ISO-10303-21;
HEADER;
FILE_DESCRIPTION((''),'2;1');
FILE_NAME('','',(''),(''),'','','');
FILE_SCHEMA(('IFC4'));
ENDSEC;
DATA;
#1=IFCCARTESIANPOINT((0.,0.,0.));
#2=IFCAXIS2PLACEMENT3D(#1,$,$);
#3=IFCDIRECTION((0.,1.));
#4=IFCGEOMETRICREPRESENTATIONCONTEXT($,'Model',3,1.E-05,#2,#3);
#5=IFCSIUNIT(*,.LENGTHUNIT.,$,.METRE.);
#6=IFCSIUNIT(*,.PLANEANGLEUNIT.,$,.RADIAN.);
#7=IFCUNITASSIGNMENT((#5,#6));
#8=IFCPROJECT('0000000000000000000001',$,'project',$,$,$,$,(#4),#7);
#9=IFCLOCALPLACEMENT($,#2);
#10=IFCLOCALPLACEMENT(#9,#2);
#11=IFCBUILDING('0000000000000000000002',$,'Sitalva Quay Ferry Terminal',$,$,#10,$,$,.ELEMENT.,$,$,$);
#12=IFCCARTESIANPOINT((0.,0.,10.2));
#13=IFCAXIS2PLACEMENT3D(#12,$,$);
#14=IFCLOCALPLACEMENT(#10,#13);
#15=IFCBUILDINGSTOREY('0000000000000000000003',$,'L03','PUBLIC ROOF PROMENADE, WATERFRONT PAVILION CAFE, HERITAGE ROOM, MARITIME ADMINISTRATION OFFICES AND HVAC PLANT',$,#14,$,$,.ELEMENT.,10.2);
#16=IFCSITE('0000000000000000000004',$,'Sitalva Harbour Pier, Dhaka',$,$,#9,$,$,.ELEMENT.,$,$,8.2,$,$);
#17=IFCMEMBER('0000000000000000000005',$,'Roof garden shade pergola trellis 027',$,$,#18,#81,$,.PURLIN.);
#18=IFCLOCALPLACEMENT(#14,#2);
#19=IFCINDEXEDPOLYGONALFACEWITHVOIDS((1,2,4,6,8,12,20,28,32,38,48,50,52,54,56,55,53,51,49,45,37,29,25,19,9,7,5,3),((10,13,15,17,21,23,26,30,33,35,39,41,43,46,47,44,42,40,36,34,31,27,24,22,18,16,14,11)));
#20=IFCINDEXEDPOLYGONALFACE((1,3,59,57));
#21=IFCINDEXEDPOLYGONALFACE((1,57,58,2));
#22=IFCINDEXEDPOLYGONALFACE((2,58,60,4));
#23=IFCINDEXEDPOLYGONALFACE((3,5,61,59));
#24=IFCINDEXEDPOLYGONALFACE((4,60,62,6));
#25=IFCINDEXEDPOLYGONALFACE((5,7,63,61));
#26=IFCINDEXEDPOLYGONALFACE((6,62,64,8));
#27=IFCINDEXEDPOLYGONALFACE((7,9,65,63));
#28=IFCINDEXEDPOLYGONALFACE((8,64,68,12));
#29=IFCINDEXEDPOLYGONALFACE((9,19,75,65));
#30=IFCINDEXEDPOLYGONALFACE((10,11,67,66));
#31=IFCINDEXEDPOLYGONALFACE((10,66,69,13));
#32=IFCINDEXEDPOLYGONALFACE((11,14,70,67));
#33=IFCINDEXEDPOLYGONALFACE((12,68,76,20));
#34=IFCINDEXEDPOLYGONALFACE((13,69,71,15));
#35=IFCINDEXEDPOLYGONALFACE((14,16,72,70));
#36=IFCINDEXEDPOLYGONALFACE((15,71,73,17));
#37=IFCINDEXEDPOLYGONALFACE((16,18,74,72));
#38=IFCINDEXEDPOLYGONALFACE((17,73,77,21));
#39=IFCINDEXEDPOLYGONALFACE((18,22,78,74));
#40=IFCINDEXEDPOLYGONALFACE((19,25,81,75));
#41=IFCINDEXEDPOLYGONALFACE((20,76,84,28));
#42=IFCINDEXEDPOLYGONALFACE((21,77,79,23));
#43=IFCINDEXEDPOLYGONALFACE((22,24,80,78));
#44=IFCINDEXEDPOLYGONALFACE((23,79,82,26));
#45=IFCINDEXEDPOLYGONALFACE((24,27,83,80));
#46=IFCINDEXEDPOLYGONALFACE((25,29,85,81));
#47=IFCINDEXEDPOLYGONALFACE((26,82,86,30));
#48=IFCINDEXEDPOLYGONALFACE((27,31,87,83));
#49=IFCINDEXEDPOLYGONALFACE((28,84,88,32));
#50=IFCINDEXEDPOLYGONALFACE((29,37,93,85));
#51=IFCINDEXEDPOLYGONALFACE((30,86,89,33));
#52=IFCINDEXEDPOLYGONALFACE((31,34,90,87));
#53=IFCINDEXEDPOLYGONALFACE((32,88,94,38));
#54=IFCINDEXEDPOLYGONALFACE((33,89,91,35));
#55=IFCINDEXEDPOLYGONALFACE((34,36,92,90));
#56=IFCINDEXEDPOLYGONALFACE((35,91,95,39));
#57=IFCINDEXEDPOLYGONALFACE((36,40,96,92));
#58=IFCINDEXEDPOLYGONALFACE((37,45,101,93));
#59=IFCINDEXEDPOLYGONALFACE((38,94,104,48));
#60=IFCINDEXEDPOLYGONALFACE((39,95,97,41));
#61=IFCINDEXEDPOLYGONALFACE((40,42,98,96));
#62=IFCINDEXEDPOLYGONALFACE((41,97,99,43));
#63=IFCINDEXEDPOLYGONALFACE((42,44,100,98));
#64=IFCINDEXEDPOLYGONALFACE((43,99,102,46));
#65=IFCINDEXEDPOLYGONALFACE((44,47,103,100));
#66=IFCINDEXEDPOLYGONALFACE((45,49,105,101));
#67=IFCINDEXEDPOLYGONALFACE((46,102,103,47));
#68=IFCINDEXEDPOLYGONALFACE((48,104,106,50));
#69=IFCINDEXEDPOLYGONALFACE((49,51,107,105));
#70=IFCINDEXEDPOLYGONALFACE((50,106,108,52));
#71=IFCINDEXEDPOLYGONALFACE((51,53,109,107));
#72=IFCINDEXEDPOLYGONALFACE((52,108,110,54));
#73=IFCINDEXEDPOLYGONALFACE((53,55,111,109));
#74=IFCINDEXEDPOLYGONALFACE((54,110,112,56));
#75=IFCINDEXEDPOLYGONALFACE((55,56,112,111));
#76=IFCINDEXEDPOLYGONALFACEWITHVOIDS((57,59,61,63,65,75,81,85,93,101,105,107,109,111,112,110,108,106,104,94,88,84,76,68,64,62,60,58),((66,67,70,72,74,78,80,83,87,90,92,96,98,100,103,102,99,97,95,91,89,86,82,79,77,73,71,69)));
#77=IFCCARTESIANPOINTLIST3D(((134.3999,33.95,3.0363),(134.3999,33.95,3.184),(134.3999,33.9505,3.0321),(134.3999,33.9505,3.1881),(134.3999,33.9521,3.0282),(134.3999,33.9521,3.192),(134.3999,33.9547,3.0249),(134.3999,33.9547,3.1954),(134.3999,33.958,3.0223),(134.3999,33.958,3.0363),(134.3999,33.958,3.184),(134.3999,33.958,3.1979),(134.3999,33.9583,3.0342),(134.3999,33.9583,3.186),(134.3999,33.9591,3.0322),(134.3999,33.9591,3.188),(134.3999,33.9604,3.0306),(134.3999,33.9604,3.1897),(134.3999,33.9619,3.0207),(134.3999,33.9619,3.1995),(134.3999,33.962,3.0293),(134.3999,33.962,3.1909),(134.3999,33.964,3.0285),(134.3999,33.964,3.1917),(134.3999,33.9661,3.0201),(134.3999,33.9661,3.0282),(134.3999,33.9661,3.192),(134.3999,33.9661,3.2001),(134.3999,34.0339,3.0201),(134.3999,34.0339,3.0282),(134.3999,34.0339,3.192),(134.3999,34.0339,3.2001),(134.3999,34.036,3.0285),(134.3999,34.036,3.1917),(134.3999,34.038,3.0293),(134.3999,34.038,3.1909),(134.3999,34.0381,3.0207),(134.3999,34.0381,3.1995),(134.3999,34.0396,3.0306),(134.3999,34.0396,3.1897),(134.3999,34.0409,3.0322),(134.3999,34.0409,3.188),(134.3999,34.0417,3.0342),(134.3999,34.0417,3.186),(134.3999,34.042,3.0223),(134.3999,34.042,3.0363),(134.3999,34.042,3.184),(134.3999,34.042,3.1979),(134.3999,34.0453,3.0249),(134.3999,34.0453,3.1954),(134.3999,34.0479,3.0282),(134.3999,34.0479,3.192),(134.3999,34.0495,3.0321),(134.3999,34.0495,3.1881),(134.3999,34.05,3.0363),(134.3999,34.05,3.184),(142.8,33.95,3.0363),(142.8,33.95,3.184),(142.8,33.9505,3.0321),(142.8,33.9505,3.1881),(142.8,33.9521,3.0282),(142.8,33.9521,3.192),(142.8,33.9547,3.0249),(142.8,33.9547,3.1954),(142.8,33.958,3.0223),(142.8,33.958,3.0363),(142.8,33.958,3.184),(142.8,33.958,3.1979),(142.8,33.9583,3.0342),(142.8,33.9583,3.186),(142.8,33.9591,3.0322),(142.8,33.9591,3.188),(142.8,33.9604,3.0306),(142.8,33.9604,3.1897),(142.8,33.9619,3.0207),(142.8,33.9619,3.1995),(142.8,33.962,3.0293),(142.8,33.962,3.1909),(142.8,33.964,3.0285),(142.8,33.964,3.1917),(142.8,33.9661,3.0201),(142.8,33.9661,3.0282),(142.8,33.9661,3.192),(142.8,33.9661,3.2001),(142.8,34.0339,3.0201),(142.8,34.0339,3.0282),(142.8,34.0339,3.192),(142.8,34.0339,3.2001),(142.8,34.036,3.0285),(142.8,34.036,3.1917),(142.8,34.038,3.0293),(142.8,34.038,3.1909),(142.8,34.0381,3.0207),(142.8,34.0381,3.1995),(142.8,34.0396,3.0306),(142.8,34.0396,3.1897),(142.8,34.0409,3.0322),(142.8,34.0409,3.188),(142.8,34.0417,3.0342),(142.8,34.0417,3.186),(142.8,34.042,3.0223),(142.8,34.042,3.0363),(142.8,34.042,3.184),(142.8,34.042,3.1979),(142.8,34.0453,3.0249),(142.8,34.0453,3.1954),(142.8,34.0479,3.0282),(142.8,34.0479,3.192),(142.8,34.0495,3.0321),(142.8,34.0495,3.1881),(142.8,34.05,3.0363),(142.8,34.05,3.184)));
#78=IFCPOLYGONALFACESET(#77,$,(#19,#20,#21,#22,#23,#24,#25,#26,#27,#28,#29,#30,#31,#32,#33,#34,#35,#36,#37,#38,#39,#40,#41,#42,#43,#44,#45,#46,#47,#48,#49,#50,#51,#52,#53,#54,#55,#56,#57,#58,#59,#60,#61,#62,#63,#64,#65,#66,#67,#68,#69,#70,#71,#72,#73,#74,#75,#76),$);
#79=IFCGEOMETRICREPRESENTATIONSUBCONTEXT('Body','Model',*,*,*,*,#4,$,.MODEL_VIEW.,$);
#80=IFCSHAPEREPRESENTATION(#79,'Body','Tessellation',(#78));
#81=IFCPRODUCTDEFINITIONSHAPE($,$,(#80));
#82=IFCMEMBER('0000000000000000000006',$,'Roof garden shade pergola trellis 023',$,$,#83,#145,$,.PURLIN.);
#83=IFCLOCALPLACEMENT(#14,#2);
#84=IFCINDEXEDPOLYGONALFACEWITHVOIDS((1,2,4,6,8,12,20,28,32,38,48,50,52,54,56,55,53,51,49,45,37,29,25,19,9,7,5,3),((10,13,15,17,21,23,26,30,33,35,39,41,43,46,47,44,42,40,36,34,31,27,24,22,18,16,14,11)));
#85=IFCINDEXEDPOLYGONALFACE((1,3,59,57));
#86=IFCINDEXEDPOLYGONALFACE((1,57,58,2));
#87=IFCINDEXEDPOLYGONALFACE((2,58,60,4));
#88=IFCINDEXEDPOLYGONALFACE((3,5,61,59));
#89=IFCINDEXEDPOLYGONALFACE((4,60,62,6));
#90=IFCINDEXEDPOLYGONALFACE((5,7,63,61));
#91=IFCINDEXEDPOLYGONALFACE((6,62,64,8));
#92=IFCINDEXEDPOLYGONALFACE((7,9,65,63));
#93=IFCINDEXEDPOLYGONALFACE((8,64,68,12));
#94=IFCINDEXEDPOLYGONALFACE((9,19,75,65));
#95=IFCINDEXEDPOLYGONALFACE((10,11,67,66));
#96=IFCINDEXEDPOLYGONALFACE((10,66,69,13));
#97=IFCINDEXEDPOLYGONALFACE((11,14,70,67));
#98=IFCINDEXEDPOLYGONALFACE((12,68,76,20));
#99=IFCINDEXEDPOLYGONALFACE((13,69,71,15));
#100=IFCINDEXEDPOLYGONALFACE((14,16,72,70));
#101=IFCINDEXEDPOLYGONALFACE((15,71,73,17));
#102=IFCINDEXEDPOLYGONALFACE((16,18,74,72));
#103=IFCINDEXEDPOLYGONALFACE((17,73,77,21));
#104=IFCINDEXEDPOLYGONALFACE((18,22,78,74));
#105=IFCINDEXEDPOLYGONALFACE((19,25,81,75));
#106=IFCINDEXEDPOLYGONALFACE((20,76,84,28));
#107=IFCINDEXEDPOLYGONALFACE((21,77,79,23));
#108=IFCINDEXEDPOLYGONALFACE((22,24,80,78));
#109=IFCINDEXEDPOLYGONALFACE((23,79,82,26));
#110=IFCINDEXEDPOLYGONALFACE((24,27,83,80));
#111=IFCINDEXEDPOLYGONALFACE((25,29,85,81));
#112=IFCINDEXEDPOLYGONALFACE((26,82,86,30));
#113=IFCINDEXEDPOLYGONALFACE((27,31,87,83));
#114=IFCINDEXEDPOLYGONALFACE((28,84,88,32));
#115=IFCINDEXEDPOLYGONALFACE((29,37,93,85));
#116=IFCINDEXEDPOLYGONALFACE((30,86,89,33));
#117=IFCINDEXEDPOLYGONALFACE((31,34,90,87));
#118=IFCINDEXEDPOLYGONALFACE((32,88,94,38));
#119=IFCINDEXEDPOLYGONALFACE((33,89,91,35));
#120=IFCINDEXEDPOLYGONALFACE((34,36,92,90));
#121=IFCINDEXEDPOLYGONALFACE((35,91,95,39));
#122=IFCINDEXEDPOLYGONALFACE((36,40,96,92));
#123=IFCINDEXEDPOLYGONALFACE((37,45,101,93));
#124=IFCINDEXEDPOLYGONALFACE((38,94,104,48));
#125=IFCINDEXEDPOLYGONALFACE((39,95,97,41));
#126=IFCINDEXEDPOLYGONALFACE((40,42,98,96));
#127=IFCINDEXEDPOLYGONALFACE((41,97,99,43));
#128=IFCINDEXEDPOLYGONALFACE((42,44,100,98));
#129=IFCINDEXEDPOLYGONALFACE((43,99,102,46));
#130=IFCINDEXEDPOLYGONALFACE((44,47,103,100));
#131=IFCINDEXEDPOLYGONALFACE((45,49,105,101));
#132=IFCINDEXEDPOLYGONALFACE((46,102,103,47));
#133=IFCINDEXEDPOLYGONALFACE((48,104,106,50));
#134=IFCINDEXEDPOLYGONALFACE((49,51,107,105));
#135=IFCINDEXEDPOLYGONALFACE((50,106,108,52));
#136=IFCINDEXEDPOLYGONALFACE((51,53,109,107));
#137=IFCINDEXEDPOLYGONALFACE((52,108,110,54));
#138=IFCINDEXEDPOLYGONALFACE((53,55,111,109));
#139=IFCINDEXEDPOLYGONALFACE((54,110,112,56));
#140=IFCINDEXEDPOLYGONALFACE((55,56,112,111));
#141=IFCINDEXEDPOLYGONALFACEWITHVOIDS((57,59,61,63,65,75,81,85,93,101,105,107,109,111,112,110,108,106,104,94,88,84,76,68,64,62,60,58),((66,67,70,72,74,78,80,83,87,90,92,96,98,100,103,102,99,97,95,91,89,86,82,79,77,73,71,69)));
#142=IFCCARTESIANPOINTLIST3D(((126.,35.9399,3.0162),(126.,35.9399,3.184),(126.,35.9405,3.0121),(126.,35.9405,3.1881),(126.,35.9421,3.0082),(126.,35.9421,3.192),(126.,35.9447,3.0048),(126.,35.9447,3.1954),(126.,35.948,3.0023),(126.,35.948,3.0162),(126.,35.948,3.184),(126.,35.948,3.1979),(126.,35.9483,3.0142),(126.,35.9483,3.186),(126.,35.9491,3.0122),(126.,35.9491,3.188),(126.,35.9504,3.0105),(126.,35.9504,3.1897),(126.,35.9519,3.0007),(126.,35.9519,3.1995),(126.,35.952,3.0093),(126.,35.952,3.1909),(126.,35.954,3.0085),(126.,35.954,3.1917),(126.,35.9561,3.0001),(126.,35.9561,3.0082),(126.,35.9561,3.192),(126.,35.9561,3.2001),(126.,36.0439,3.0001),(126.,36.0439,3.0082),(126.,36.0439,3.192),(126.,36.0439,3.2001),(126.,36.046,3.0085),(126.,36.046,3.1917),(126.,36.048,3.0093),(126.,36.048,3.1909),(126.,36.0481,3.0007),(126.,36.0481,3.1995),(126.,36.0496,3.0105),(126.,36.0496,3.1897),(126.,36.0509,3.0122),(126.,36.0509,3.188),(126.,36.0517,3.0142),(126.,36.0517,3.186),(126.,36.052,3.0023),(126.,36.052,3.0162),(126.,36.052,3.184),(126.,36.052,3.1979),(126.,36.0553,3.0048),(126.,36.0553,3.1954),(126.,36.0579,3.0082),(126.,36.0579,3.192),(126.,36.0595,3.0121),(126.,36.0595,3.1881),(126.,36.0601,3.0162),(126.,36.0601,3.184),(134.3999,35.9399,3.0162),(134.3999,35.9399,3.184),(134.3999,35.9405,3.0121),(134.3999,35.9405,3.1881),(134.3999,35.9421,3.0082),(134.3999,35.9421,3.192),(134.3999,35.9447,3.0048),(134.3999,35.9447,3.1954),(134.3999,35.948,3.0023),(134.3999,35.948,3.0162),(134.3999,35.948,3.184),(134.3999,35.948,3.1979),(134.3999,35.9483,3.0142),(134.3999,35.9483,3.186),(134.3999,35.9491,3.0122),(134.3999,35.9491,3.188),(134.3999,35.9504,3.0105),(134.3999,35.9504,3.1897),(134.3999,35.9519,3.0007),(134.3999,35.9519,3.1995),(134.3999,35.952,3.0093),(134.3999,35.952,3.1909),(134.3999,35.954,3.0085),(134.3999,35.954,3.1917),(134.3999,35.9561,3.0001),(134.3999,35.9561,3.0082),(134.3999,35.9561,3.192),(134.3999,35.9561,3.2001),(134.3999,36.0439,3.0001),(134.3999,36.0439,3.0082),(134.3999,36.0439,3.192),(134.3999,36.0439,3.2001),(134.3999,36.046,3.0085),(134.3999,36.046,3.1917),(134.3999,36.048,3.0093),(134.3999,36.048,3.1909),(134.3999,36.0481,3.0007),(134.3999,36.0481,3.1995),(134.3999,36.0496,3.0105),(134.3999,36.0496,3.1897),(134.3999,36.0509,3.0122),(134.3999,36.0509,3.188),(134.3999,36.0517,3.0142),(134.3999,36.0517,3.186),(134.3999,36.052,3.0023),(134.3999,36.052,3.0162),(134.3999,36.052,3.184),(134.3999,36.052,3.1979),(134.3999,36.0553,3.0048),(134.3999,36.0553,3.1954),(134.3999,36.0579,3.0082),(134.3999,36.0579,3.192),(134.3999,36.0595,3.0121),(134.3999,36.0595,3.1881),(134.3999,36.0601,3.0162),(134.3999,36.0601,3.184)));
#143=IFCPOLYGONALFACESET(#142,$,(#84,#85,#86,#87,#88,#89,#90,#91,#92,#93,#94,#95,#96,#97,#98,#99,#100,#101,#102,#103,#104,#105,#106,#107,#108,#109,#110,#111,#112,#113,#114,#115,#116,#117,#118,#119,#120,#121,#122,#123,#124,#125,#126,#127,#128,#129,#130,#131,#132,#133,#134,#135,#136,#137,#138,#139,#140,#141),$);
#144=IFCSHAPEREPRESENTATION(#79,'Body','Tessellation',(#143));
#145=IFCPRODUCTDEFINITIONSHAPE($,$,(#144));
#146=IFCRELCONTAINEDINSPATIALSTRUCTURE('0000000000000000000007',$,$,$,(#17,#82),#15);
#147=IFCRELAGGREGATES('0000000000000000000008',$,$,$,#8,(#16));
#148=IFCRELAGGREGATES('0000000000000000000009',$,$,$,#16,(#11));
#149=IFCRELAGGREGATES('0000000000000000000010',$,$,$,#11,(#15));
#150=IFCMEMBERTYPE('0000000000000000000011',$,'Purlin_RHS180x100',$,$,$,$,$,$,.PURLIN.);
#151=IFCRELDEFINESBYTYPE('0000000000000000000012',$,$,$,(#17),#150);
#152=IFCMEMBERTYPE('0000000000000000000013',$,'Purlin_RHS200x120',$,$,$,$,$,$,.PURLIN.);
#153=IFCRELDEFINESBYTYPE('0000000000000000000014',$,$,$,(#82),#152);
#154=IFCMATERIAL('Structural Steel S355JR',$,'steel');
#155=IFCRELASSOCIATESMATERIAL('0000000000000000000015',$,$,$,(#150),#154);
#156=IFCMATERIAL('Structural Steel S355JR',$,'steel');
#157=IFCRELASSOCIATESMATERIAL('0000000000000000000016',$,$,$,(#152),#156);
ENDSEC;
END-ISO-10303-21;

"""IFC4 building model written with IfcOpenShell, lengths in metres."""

from ifc_helpers import new_model, si_unit, direction, frame, origin, origin_2d, place, context, subcontext, project, spatial, hollow_rectangle, extrude, material, material_profile, profile_set, type_object, element, save


model = new_model("IFC4")

# Units and contexts
model_context = context("Model", 3, precision=1e-05, world=origin(), true_north=direction((0.0, 1.0)))
body_context = subcontext(model_context, "Body", "Model", "MODEL_VIEW")
ifc_project = project(units=[si_unit("LENGTHUNIT", "METRE"), si_unit("PLANEANGLEUNIT", "RADIAN")], contexts=[model_context])

# Site, building, storey
site_placement = place(None, origin())
site = spatial("IfcSite", under=ifc_project, at=site_placement, Name="Sitalva Harbour Pier, Dhaka", CompositionType="ELEMENT", RefElevation=8.2)
building_placement = place(site_placement, origin())
building = spatial("IfcBuilding", under=site, at=building_placement, Name="Sitalva Quay Ferry Terminal", CompositionType="ELEMENT")
storey_placement = place(building_placement, frame((0.0, 0.0, 10.2)))
storey = spatial("IfcBuildingStorey", under=building, at=storey_placement, Name="L03", Description="PUBLIC ROOF PROMENADE, WATERFRONT PAVILION CAFE, HERITAGE ROOM, MARITIME ADMINISTRATION OFFICES AND HVAC PLANT", CompositionType="ELEMENT", Elevation=10.2)

# Members
ifc_material_1 = material(Name="Structural Steel S355JR", Category="steel")
ifc_material_profile_1 = material_profile(ifc_material_1, hollow_rectangle(XDim=0.1001, YDim=0.1799, WallThickness=0.0081, InnerFilletRadius=0.0081, OuterFilletRadius=0.0161, at=origin_2d()), Name="RHS180x100x8")
ifc_profile_set_1 = profile_set([ifc_material_profile_1], Name="Structural Steel S355JR")
member_type_1 = type_object("IfcMemberType", Name="Purlin_RHS180x100", PredefinedType="PURLIN", material=ifc_profile_set_1)
member_1_placement = place(storey_placement, frame((134.3999, 34.0, 3.1101), z_axis=(1.0, 0.0, 0.0), x_axis=(0.0, 1.0, 0.0)))
element("IfcMember", 1, at=member_1_placement, inside=storey, type_object=member_type_1, Name="Roof garden shade pergola trellis 027", PredefinedType="PURLIN", context=body_context, shape_type="SweptSolid", body=[
    extrude(hollow_rectangle(XDim=0.1001, YDim=0.1799, WallThickness=0.0081, InnerFilletRadius=0.0081, OuterFilletRadius=0.0161, at=origin_2d()), origin(), (0.0, 0.0, 1.0), 8.4001),
])
ifc_material_2 = material(Name="Structural Steel S355JR", Category="steel")
ifc_material_profile_2 = material_profile(ifc_material_2, hollow_rectangle(XDim=0.1201, YDim=0.2, WallThickness=0.0081, InnerFilletRadius=0.0081, OuterFilletRadius=0.0161, at=origin_2d()), Name="RHS200x120x8")
ifc_profile_set_2 = profile_set([ifc_material_profile_2], Name="Structural Steel S355JR")
member_type_2 = type_object("IfcMemberType", Name="Purlin_RHS200x120", PredefinedType="PURLIN", material=ifc_profile_set_2)
member_2_placement = place(storey_placement, frame((126.0, 36.0, 3.1001), z_axis=(1.0, 0.0, 0.0), x_axis=(0.0, 1.0, 0.0)))
element("IfcMember", 2, at=member_2_placement, inside=storey, type_object=member_type_2, Name="Roof garden shade pergola trellis 023", PredefinedType="PURLIN", context=body_context, shape_type="SweptSolid", body=[
    extrude(hollow_rectangle(XDim=0.1201, YDim=0.2, WallThickness=0.0081, InnerFilletRadius=0.0081, OuterFilletRadius=0.0161, at=origin_2d()), origin(), (0.0, 0.0, 1.0), 8.3999),
])

save(model, "model.ifc")
